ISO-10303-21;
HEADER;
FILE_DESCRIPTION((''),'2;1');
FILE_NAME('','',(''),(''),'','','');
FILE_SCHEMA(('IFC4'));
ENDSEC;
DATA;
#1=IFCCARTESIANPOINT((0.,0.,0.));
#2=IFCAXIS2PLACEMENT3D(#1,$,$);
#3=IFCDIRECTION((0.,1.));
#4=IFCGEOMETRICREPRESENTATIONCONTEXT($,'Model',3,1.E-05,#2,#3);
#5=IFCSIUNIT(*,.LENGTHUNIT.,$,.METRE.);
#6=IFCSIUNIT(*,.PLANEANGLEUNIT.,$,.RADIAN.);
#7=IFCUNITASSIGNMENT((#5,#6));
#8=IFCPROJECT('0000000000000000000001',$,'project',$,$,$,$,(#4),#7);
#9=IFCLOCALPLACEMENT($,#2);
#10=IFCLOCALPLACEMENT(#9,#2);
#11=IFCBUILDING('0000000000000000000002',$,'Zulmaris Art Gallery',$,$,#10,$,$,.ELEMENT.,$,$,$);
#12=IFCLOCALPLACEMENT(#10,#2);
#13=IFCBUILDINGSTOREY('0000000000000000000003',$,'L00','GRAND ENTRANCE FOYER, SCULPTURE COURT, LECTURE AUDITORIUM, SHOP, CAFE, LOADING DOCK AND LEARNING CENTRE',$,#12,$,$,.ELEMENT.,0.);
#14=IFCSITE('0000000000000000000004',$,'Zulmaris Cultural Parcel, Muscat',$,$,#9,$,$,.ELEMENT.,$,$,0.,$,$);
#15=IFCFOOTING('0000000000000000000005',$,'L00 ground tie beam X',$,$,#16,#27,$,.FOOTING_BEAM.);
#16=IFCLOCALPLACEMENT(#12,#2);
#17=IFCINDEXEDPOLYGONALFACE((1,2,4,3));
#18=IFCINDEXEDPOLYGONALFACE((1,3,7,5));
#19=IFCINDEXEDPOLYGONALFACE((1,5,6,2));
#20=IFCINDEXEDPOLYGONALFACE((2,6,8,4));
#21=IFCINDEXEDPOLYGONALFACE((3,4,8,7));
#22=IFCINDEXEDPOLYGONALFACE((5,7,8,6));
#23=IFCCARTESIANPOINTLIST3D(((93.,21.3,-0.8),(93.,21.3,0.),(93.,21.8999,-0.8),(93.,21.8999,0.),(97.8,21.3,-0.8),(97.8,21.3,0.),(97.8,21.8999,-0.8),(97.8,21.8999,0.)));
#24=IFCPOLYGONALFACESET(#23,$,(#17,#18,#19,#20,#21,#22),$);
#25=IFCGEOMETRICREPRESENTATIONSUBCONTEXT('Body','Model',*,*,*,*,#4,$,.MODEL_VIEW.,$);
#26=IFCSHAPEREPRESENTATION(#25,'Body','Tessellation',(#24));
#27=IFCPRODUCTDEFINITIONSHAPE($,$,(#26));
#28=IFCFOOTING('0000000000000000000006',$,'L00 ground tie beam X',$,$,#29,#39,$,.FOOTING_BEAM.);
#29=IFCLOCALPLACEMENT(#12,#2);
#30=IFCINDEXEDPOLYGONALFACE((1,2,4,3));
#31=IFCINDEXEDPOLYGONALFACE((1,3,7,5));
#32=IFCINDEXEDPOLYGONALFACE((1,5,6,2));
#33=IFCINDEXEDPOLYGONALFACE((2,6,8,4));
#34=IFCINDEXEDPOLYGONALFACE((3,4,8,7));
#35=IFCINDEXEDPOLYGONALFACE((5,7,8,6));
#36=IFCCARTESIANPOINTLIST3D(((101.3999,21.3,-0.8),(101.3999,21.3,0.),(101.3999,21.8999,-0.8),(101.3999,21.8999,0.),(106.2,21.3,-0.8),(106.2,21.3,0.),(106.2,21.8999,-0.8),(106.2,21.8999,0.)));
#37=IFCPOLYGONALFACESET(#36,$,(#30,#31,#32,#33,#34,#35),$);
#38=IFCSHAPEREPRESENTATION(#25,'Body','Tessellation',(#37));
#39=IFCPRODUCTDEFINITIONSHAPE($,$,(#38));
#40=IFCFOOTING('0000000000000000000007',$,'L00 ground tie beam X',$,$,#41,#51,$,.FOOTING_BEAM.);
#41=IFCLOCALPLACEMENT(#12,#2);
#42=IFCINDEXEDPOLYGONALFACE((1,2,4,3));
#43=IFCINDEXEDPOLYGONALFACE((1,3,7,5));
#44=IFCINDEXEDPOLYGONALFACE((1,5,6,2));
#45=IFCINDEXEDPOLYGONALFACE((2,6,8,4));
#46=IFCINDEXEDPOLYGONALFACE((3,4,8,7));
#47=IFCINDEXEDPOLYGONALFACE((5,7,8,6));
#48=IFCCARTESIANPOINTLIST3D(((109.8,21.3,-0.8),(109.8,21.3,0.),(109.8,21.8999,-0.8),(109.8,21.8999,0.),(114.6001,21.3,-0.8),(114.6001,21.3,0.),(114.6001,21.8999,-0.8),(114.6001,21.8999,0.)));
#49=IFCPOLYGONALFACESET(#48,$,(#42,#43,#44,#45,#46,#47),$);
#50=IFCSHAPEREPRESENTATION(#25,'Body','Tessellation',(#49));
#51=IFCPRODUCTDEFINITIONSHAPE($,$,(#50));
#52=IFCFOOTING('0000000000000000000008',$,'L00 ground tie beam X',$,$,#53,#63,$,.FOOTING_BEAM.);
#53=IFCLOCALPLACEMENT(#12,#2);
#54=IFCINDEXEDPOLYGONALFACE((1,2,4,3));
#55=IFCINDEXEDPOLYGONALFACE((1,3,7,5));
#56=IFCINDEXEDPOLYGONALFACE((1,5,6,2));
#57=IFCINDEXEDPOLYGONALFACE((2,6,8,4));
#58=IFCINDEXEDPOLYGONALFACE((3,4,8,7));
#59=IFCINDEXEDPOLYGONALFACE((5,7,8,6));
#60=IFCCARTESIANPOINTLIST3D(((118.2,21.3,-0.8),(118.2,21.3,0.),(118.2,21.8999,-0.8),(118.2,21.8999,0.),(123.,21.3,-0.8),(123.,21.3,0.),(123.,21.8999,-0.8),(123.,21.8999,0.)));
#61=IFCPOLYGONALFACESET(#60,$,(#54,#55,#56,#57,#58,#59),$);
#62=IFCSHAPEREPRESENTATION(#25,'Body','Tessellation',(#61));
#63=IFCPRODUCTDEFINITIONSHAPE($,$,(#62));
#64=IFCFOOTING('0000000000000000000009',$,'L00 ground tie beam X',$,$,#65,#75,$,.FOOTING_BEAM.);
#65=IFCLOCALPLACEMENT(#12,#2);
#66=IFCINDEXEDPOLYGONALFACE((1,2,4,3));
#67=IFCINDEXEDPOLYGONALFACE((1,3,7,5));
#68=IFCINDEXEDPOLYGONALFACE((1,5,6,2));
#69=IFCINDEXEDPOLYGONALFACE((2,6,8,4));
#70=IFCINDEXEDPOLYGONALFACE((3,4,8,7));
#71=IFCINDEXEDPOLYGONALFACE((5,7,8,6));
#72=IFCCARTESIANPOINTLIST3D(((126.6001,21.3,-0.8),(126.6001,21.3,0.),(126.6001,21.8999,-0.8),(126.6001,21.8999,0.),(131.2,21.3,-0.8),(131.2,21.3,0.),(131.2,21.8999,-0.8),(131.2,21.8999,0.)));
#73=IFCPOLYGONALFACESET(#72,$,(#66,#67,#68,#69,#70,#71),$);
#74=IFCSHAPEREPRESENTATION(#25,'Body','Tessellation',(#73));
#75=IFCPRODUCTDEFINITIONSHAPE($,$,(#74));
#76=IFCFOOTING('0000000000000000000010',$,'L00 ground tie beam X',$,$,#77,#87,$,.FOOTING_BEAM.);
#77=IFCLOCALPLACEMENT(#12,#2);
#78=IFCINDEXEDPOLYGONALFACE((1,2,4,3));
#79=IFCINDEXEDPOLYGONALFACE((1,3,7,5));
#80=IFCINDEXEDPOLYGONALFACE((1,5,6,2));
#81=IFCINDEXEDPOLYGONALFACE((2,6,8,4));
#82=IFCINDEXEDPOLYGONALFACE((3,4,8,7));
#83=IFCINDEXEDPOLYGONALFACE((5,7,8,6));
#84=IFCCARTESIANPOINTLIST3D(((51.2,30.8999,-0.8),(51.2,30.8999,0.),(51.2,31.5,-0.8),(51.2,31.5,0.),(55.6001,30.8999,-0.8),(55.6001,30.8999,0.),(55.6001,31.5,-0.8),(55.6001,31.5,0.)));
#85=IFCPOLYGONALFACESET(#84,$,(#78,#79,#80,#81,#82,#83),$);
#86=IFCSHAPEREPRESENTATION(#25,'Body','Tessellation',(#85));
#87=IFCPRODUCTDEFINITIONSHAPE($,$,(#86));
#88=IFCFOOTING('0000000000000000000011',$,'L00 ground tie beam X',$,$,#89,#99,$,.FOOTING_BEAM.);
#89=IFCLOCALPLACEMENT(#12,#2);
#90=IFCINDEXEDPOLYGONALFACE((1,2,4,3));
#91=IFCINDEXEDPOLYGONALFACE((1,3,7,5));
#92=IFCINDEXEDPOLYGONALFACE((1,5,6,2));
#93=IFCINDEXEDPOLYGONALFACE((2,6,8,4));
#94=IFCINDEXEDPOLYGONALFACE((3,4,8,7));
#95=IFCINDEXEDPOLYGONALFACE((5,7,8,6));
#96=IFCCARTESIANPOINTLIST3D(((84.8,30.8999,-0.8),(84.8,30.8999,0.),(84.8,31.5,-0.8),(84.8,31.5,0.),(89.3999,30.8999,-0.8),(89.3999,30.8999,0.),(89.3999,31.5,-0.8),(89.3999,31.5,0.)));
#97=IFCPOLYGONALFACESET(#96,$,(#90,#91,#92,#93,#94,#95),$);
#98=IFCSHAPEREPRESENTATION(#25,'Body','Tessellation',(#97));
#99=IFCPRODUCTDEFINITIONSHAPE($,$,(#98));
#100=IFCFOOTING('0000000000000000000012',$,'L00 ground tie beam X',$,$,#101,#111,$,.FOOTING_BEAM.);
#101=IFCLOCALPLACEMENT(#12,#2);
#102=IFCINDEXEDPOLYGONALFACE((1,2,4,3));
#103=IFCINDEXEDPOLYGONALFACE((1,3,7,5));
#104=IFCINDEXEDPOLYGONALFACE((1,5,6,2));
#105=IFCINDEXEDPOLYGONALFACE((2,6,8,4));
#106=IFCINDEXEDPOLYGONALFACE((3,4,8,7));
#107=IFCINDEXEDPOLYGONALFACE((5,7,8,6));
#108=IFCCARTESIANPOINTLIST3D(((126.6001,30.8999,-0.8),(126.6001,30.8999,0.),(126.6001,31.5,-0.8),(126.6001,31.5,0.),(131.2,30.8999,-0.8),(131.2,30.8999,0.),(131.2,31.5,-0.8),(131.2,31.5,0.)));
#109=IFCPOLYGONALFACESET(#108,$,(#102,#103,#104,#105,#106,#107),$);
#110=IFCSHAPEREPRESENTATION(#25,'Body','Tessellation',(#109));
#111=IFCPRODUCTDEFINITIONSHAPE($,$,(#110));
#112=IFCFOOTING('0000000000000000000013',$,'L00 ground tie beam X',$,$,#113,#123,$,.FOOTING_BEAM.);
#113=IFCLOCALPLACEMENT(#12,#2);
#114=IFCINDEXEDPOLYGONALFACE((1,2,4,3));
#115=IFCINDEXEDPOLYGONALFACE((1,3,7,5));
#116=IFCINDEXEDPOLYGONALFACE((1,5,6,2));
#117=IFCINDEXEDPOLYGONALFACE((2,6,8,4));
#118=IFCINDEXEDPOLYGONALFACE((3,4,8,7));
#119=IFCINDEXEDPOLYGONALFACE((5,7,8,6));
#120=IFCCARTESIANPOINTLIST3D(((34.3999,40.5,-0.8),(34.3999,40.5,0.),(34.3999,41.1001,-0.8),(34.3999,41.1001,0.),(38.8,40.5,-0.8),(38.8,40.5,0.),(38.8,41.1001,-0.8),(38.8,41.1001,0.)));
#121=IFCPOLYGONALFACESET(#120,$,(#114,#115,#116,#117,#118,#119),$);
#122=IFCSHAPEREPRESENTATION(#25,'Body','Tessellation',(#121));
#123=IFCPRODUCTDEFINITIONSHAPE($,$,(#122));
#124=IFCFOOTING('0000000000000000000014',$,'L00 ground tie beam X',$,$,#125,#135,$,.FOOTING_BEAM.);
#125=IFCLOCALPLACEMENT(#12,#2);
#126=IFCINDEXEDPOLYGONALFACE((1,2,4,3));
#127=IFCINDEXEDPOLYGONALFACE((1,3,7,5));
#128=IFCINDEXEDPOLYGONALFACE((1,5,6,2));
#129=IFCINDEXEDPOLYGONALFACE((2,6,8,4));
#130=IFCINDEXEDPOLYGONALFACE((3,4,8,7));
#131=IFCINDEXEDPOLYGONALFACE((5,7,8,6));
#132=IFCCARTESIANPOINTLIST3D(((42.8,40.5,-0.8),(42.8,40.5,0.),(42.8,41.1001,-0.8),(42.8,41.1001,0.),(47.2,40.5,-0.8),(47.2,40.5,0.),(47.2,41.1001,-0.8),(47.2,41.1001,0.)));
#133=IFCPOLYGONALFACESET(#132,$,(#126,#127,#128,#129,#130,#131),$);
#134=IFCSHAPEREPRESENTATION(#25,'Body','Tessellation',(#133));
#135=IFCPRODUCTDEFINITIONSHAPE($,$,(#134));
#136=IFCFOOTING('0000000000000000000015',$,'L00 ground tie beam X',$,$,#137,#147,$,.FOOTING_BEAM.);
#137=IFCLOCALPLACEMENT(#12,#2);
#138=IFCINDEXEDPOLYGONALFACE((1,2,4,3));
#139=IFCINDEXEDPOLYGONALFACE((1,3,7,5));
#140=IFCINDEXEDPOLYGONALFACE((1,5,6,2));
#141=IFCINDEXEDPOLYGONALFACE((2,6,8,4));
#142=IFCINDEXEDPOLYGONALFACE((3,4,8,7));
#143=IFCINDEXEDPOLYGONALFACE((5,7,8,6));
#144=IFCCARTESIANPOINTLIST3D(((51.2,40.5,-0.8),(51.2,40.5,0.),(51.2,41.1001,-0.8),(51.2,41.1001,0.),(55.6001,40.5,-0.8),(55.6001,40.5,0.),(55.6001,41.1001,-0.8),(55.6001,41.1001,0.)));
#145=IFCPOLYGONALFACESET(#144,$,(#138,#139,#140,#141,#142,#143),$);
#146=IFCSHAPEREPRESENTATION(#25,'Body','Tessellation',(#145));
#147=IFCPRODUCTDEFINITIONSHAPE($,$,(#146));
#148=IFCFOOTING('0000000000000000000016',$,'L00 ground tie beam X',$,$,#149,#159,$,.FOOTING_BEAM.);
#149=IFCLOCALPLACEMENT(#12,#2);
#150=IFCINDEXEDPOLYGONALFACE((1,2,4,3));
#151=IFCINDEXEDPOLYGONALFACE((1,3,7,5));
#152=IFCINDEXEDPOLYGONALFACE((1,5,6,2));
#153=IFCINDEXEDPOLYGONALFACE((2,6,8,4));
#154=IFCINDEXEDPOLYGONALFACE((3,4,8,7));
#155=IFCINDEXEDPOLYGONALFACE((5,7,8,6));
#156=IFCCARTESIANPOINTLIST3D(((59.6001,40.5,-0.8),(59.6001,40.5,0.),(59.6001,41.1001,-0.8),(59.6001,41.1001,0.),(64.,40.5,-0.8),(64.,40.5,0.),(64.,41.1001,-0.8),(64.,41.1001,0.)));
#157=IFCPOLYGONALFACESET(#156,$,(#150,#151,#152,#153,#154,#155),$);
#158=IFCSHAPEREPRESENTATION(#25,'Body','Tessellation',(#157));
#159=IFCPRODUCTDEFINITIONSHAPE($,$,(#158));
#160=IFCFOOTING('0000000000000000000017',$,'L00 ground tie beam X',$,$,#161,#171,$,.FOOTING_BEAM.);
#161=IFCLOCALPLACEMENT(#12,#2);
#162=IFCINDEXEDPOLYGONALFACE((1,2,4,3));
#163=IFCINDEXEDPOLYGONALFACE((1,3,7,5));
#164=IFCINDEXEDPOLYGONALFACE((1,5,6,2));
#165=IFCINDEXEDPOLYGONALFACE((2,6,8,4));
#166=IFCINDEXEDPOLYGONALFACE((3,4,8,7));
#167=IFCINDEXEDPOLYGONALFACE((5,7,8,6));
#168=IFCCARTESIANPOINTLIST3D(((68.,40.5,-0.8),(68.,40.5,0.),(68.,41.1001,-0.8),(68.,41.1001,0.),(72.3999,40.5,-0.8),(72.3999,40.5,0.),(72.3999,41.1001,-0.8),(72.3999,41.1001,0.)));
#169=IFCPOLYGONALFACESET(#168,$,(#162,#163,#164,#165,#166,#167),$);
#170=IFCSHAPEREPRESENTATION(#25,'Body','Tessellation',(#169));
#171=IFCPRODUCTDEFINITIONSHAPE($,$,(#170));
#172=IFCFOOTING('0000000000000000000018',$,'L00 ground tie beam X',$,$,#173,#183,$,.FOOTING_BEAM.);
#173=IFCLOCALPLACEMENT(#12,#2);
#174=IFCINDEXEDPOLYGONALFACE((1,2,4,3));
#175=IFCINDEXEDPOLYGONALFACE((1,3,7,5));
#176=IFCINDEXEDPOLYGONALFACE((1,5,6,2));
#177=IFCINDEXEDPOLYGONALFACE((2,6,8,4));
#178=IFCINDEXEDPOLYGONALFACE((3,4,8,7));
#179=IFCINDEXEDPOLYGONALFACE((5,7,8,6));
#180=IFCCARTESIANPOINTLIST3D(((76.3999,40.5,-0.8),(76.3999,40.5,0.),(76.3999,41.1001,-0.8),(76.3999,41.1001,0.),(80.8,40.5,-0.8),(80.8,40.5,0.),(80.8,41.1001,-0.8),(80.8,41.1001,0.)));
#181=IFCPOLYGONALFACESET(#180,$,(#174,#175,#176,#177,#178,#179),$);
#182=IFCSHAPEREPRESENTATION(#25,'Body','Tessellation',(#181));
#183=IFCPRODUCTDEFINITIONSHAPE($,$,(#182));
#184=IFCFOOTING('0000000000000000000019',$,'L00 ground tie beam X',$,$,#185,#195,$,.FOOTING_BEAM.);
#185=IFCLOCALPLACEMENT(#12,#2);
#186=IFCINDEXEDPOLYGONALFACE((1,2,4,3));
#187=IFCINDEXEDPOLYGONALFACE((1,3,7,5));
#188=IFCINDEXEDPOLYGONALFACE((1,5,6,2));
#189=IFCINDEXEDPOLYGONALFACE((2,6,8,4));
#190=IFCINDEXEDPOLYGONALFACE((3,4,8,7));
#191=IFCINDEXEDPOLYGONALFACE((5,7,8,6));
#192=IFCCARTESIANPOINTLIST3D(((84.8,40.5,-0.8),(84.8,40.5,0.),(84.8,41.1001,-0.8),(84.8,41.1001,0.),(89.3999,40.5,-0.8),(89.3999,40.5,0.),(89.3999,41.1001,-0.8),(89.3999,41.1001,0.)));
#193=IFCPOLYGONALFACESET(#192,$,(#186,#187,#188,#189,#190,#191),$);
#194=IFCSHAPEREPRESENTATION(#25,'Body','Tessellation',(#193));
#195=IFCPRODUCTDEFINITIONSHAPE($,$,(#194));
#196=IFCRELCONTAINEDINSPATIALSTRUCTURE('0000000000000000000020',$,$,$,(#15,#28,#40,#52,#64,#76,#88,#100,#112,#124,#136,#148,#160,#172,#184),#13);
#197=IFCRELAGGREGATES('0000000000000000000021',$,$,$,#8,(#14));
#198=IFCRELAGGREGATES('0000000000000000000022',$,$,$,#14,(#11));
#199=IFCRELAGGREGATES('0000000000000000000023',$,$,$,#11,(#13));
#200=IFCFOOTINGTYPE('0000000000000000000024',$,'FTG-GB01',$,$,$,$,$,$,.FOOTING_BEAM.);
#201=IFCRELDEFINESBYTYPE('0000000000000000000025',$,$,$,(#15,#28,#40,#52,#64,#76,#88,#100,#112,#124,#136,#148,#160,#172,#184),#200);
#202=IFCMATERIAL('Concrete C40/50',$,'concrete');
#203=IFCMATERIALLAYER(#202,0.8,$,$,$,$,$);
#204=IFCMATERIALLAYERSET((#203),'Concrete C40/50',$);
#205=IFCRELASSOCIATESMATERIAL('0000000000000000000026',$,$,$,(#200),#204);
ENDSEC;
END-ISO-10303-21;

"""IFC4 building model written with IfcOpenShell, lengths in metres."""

from ifc_helpers import new_model, si_unit, direction, frame, origin, place, context, subcontext, project, spatial, polyline, outline, extrude, material, layer, layer_set, type_object, element, save


model = new_model("IFC4")

# Units and contexts
model_context = context("Model", 3, precision=1e-05, world=origin(), true_north=direction((0.0, 1.0)))
body_context = subcontext(model_context, "Body", "Model", "MODEL_VIEW")
ifc_project = project(units=[si_unit("LENGTHUNIT", "METRE"), si_unit("PLANEANGLEUNIT", "RADIAN")], contexts=[model_context])

# Site, building, storey
site_placement = place(None, origin())
site = spatial("IfcSite", under=ifc_project, at=site_placement, Name="Zulmaris Cultural Parcel, Muscat", CompositionType="ELEMENT", RefElevation=0.0)
building_placement = place(site_placement, origin())
building = spatial("IfcBuilding", under=site, at=building_placement, Name="Zulmaris Art Gallery", CompositionType="ELEMENT")
storey_placement = place(building_placement, origin())
storey = spatial("IfcBuildingStorey", under=building, at=storey_placement, Name="L00", Description="GRAND ENTRANCE FOYER, SCULPTURE COURT, LECTURE AUDITORIUM, SHOP, CAFE, LOADING DOCK AND LEARNING CENTRE", CompositionType="ELEMENT", Elevation=0.0)

# Footings
ifc_material = material(Name="Concrete C40/50", Category="concrete")
ifc_layer = layer(ifc_material, 0.8)
ifc_layer_set = layer_set([ifc_layer], Name="Concrete C40/50")
footing_type = type_object("IfcFootingType", Name="FTG-GB01", PredefinedType="FOOTING_BEAM", material=ifc_layer_set)
footing_1_placement = place(storey_placement, frame((0.0, 0.0, -0.8)))
element("IfcFooting", 1, at=footing_1_placement, inside=storey, type_object=footing_type, Name="L00 ground tie beam X", PredefinedType="FOOTING_BEAM", context=body_context, shape_type="SweptSolid", body=[
    extrude(outline(polyline([(93.0, 21.3), (97.8, 21.3), (97.8, 21.8999), (93.0, 21.8999), (93.0, 21.3)])), origin(), (0.0, 0.0, 1.0), 0.8),
])
footing_2_placement = place(storey_placement, frame((0.0, 0.0, -0.8)))
element("IfcFooting", 2, at=footing_2_placement, inside=storey, type_object=footing_type, Name="L00 ground tie beam X", PredefinedType="FOOTING_BEAM", context=body_context, shape_type="SweptSolid", body=[
    extrude(outline(polyline([(101.3999, 21.3), (106.2, 21.3), (106.2, 21.8999), (101.3999, 21.8999), (101.3999, 21.3)])), origin(), (0.0, 0.0, 1.0), 0.8),
])
footing_3_placement = place(storey_placement, frame((0.0, 0.0, -0.8)))
element("IfcFooting", 3, at=footing_3_placement, inside=storey, type_object=footing_type, Name="L00 ground tie beam X", PredefinedType="FOOTING_BEAM", context=body_context, shape_type="SweptSolid", body=[
    extrude(outline(polyline([(109.8, 21.3), (114.6001, 21.3), (114.6001, 21.8999), (109.8, 21.8999), (109.8, 21.3)])), origin(), (0.0, 0.0, 1.0), 0.8),
])
footing_4_placement = place(storey_placement, frame((0.0, 0.0, -0.8)))
element("IfcFooting", 4, at=footing_4_placement, inside=storey, type_object=footing_type, Name="L00 ground tie beam X", PredefinedType="FOOTING_BEAM", context=body_context, shape_type="SweptSolid", body=[
    extrude(outline(polyline([(118.2, 21.3), (123.0, 21.3), (123.0, 21.8999), (118.2, 21.8999), (118.2, 21.3)])), origin(), (0.0, 0.0, 1.0), 0.8),
])
footing_5_placement = place(storey_placement, frame((0.0, 0.0, -0.8)))
element("IfcFooting", 5, at=footing_5_placement, inside=storey, type_object=footing_type, Name="L00 ground tie beam X", PredefinedType="FOOTING_BEAM", context=body_context, shape_type="SweptSolid", body=[
    extrude(outline(polyline([(126.6001, 21.3), (131.2, 21.3), (131.2, 21.8999), (126.6001, 21.8999), (126.6001, 21.3)])), origin(), (0.0, 0.0, 1.0), 0.8),
])
footing_6_placement = place(storey_placement, frame((0.0, 0.0, -0.8)))
element("IfcFooting", 6, at=footing_6_placement, inside=storey, type_object=footing_type, Name="L00 ground tie beam X", PredefinedType="FOOTING_BEAM", context=body_context, shape_type="SweptSolid", body=[
    extrude(outline(polyline([(51.2, 30.8999), (55.6001, 30.8999), (55.6001, 31.5), (51.2, 31.5), (51.2, 30.8999)])), origin(), (0.0, 0.0, 1.0), 0.8),
])
footing_7_placement = place(storey_placement, frame((0.0, 0.0, -0.8)))
element("IfcFooting", 7, at=footing_7_placement, inside=storey, type_object=footing_type, Name="L00 ground tie beam X", PredefinedType="FOOTING_BEAM", context=body_context, shape_type="SweptSolid", body=[
    extrude(outline(polyline([(84.8, 30.8999), (89.3999, 30.8999), (89.3999, 31.5), (84.8, 31.5), (84.8, 30.8999)])), origin(), (0.0, 0.0, 1.0), 0.8),
])
footing_8_placement = place(storey_placement, frame((0.0, 0.0, -0.8)))
element("IfcFooting", 8, at=footing_8_placement, inside=storey, type_object=footing_type, Name="L00 ground tie beam X", PredefinedType="FOOTING_BEAM", context=body_context, shape_type="SweptSolid", body=[
    extrude(outline(polyline([(126.6001, 30.8999), (131.2, 30.8999), (131.2, 31.5), (126.6001, 31.5), (126.6001, 30.8999)])), origin(), (0.0, 0.0, 1.0), 0.8),
])
footing_9_placement = place(storey_placement, frame((0.0, 0.0, -0.8)))
element("IfcFooting", 9, at=footing_9_placement, inside=storey, type_object=footing_type, Name="L00 ground tie beam X", PredefinedType="FOOTING_BEAM", context=body_context, shape_type="SweptSolid", body=[
    extrude(outline(polyline([(34.3999, 40.5), (38.8, 40.5), (38.8, 41.1001), (34.3999, 41.1001), (34.3999, 40.5)])), origin(), (0.0, 0.0, 1.0), 0.8),
])
footing_10_placement = place(storey_placement, frame((0.0, 0.0, -0.8)))
element("IfcFooting", 10, at=footing_10_placement, inside=storey, type_object=footing_type, Name="L00 ground tie beam X", PredefinedType="FOOTING_BEAM", context=body_context, shape_type="SweptSolid", body=[
    extrude(outline(polyline([(42.8, 40.5), (47.2, 40.5), (47.2, 41.1001), (42.8, 41.1001), (42.8, 40.5)])), origin(), (0.0, 0.0, 1.0), 0.8),
])
footing_11_placement = place(storey_placement, frame((0.0, 0.0, -0.8)))
element("IfcFooting", 11, at=footing_11_placement, inside=storey, type_object=footing_type, Name="L00 ground tie beam X", PredefinedType="FOOTING_BEAM", context=body_context, shape_type="SweptSolid", body=[
    extrude(outline(polyline([(51.2, 40.5), (55.6001, 40.5), (55.6001, 41.1001), (51.2, 41.1001), (51.2, 40.5)])), origin(), (0.0, 0.0, 1.0), 0.8),
])
footing_12_placement = place(storey_placement, frame((0.0, 0.0, -0.8)))
element("IfcFooting", 12, at=footing_12_placement, inside=storey, type_object=footing_type, Name="L00 ground tie beam X", PredefinedType="FOOTING_BEAM", context=body_context, shape_type="SweptSolid", body=[
    extrude(outline(polyline([(59.6001, 40.5), (64.0, 40.5), (64.0, 41.1001), (59.6001, 41.1001), (59.6001, 40.5)])), origin(), (0.0, 0.0, 1.0), 0.8),
])
footing_13_placement = place(storey_placement, frame((0.0, 0.0, -0.8)))
element("IfcFooting", 13, at=footing_13_placement, inside=storey, type_object=footing_type, Name="L00 ground tie beam X", PredefinedType="FOOTING_BEAM", context=body_context, shape_type="SweptSolid", body=[
    extrude(outline(polyline([(68.0, 40.5), (72.3999, 40.5), (72.3999, 41.1001), (68.0, 41.1001), (68.0, 40.5)])), origin(), (0.0, 0.0, 1.0), 0.8),
])
footing_14_placement = place(storey_placement, frame((0.0, 0.0, -0.8)))
element("IfcFooting", 14, at=footing_14_placement, inside=storey, type_object=footing_type, Name="L00 ground tie beam X", PredefinedType="FOOTING_BEAM", context=body_context, shape_type="SweptSolid", body=[
    extrude(outline(polyline([(76.3999, 40.5), (80.8, 40.5), (80.8, 41.1001), (76.3999, 41.1001), (76.3999, 40.5)])), origin(), (0.0, 0.0, 1.0), 0.8),
])
footing_15_placement = place(storey_placement, frame((0.0, 0.0, -0.8)))
element("IfcFooting", 15, at=footing_15_placement, inside=storey, type_object=footing_type, Name="L00 ground tie beam X", PredefinedType="FOOTING_BEAM", context=body_context, shape_type="SweptSolid", body=[
    extrude(outline(polyline([(84.8, 40.5), (89.3999, 40.5), (89.3999, 41.1001), (84.8, 41.1001), (84.8, 40.5)])), origin(), (0.0, 0.0, 1.0), 0.8),
])

save(model, "model.ifc")
